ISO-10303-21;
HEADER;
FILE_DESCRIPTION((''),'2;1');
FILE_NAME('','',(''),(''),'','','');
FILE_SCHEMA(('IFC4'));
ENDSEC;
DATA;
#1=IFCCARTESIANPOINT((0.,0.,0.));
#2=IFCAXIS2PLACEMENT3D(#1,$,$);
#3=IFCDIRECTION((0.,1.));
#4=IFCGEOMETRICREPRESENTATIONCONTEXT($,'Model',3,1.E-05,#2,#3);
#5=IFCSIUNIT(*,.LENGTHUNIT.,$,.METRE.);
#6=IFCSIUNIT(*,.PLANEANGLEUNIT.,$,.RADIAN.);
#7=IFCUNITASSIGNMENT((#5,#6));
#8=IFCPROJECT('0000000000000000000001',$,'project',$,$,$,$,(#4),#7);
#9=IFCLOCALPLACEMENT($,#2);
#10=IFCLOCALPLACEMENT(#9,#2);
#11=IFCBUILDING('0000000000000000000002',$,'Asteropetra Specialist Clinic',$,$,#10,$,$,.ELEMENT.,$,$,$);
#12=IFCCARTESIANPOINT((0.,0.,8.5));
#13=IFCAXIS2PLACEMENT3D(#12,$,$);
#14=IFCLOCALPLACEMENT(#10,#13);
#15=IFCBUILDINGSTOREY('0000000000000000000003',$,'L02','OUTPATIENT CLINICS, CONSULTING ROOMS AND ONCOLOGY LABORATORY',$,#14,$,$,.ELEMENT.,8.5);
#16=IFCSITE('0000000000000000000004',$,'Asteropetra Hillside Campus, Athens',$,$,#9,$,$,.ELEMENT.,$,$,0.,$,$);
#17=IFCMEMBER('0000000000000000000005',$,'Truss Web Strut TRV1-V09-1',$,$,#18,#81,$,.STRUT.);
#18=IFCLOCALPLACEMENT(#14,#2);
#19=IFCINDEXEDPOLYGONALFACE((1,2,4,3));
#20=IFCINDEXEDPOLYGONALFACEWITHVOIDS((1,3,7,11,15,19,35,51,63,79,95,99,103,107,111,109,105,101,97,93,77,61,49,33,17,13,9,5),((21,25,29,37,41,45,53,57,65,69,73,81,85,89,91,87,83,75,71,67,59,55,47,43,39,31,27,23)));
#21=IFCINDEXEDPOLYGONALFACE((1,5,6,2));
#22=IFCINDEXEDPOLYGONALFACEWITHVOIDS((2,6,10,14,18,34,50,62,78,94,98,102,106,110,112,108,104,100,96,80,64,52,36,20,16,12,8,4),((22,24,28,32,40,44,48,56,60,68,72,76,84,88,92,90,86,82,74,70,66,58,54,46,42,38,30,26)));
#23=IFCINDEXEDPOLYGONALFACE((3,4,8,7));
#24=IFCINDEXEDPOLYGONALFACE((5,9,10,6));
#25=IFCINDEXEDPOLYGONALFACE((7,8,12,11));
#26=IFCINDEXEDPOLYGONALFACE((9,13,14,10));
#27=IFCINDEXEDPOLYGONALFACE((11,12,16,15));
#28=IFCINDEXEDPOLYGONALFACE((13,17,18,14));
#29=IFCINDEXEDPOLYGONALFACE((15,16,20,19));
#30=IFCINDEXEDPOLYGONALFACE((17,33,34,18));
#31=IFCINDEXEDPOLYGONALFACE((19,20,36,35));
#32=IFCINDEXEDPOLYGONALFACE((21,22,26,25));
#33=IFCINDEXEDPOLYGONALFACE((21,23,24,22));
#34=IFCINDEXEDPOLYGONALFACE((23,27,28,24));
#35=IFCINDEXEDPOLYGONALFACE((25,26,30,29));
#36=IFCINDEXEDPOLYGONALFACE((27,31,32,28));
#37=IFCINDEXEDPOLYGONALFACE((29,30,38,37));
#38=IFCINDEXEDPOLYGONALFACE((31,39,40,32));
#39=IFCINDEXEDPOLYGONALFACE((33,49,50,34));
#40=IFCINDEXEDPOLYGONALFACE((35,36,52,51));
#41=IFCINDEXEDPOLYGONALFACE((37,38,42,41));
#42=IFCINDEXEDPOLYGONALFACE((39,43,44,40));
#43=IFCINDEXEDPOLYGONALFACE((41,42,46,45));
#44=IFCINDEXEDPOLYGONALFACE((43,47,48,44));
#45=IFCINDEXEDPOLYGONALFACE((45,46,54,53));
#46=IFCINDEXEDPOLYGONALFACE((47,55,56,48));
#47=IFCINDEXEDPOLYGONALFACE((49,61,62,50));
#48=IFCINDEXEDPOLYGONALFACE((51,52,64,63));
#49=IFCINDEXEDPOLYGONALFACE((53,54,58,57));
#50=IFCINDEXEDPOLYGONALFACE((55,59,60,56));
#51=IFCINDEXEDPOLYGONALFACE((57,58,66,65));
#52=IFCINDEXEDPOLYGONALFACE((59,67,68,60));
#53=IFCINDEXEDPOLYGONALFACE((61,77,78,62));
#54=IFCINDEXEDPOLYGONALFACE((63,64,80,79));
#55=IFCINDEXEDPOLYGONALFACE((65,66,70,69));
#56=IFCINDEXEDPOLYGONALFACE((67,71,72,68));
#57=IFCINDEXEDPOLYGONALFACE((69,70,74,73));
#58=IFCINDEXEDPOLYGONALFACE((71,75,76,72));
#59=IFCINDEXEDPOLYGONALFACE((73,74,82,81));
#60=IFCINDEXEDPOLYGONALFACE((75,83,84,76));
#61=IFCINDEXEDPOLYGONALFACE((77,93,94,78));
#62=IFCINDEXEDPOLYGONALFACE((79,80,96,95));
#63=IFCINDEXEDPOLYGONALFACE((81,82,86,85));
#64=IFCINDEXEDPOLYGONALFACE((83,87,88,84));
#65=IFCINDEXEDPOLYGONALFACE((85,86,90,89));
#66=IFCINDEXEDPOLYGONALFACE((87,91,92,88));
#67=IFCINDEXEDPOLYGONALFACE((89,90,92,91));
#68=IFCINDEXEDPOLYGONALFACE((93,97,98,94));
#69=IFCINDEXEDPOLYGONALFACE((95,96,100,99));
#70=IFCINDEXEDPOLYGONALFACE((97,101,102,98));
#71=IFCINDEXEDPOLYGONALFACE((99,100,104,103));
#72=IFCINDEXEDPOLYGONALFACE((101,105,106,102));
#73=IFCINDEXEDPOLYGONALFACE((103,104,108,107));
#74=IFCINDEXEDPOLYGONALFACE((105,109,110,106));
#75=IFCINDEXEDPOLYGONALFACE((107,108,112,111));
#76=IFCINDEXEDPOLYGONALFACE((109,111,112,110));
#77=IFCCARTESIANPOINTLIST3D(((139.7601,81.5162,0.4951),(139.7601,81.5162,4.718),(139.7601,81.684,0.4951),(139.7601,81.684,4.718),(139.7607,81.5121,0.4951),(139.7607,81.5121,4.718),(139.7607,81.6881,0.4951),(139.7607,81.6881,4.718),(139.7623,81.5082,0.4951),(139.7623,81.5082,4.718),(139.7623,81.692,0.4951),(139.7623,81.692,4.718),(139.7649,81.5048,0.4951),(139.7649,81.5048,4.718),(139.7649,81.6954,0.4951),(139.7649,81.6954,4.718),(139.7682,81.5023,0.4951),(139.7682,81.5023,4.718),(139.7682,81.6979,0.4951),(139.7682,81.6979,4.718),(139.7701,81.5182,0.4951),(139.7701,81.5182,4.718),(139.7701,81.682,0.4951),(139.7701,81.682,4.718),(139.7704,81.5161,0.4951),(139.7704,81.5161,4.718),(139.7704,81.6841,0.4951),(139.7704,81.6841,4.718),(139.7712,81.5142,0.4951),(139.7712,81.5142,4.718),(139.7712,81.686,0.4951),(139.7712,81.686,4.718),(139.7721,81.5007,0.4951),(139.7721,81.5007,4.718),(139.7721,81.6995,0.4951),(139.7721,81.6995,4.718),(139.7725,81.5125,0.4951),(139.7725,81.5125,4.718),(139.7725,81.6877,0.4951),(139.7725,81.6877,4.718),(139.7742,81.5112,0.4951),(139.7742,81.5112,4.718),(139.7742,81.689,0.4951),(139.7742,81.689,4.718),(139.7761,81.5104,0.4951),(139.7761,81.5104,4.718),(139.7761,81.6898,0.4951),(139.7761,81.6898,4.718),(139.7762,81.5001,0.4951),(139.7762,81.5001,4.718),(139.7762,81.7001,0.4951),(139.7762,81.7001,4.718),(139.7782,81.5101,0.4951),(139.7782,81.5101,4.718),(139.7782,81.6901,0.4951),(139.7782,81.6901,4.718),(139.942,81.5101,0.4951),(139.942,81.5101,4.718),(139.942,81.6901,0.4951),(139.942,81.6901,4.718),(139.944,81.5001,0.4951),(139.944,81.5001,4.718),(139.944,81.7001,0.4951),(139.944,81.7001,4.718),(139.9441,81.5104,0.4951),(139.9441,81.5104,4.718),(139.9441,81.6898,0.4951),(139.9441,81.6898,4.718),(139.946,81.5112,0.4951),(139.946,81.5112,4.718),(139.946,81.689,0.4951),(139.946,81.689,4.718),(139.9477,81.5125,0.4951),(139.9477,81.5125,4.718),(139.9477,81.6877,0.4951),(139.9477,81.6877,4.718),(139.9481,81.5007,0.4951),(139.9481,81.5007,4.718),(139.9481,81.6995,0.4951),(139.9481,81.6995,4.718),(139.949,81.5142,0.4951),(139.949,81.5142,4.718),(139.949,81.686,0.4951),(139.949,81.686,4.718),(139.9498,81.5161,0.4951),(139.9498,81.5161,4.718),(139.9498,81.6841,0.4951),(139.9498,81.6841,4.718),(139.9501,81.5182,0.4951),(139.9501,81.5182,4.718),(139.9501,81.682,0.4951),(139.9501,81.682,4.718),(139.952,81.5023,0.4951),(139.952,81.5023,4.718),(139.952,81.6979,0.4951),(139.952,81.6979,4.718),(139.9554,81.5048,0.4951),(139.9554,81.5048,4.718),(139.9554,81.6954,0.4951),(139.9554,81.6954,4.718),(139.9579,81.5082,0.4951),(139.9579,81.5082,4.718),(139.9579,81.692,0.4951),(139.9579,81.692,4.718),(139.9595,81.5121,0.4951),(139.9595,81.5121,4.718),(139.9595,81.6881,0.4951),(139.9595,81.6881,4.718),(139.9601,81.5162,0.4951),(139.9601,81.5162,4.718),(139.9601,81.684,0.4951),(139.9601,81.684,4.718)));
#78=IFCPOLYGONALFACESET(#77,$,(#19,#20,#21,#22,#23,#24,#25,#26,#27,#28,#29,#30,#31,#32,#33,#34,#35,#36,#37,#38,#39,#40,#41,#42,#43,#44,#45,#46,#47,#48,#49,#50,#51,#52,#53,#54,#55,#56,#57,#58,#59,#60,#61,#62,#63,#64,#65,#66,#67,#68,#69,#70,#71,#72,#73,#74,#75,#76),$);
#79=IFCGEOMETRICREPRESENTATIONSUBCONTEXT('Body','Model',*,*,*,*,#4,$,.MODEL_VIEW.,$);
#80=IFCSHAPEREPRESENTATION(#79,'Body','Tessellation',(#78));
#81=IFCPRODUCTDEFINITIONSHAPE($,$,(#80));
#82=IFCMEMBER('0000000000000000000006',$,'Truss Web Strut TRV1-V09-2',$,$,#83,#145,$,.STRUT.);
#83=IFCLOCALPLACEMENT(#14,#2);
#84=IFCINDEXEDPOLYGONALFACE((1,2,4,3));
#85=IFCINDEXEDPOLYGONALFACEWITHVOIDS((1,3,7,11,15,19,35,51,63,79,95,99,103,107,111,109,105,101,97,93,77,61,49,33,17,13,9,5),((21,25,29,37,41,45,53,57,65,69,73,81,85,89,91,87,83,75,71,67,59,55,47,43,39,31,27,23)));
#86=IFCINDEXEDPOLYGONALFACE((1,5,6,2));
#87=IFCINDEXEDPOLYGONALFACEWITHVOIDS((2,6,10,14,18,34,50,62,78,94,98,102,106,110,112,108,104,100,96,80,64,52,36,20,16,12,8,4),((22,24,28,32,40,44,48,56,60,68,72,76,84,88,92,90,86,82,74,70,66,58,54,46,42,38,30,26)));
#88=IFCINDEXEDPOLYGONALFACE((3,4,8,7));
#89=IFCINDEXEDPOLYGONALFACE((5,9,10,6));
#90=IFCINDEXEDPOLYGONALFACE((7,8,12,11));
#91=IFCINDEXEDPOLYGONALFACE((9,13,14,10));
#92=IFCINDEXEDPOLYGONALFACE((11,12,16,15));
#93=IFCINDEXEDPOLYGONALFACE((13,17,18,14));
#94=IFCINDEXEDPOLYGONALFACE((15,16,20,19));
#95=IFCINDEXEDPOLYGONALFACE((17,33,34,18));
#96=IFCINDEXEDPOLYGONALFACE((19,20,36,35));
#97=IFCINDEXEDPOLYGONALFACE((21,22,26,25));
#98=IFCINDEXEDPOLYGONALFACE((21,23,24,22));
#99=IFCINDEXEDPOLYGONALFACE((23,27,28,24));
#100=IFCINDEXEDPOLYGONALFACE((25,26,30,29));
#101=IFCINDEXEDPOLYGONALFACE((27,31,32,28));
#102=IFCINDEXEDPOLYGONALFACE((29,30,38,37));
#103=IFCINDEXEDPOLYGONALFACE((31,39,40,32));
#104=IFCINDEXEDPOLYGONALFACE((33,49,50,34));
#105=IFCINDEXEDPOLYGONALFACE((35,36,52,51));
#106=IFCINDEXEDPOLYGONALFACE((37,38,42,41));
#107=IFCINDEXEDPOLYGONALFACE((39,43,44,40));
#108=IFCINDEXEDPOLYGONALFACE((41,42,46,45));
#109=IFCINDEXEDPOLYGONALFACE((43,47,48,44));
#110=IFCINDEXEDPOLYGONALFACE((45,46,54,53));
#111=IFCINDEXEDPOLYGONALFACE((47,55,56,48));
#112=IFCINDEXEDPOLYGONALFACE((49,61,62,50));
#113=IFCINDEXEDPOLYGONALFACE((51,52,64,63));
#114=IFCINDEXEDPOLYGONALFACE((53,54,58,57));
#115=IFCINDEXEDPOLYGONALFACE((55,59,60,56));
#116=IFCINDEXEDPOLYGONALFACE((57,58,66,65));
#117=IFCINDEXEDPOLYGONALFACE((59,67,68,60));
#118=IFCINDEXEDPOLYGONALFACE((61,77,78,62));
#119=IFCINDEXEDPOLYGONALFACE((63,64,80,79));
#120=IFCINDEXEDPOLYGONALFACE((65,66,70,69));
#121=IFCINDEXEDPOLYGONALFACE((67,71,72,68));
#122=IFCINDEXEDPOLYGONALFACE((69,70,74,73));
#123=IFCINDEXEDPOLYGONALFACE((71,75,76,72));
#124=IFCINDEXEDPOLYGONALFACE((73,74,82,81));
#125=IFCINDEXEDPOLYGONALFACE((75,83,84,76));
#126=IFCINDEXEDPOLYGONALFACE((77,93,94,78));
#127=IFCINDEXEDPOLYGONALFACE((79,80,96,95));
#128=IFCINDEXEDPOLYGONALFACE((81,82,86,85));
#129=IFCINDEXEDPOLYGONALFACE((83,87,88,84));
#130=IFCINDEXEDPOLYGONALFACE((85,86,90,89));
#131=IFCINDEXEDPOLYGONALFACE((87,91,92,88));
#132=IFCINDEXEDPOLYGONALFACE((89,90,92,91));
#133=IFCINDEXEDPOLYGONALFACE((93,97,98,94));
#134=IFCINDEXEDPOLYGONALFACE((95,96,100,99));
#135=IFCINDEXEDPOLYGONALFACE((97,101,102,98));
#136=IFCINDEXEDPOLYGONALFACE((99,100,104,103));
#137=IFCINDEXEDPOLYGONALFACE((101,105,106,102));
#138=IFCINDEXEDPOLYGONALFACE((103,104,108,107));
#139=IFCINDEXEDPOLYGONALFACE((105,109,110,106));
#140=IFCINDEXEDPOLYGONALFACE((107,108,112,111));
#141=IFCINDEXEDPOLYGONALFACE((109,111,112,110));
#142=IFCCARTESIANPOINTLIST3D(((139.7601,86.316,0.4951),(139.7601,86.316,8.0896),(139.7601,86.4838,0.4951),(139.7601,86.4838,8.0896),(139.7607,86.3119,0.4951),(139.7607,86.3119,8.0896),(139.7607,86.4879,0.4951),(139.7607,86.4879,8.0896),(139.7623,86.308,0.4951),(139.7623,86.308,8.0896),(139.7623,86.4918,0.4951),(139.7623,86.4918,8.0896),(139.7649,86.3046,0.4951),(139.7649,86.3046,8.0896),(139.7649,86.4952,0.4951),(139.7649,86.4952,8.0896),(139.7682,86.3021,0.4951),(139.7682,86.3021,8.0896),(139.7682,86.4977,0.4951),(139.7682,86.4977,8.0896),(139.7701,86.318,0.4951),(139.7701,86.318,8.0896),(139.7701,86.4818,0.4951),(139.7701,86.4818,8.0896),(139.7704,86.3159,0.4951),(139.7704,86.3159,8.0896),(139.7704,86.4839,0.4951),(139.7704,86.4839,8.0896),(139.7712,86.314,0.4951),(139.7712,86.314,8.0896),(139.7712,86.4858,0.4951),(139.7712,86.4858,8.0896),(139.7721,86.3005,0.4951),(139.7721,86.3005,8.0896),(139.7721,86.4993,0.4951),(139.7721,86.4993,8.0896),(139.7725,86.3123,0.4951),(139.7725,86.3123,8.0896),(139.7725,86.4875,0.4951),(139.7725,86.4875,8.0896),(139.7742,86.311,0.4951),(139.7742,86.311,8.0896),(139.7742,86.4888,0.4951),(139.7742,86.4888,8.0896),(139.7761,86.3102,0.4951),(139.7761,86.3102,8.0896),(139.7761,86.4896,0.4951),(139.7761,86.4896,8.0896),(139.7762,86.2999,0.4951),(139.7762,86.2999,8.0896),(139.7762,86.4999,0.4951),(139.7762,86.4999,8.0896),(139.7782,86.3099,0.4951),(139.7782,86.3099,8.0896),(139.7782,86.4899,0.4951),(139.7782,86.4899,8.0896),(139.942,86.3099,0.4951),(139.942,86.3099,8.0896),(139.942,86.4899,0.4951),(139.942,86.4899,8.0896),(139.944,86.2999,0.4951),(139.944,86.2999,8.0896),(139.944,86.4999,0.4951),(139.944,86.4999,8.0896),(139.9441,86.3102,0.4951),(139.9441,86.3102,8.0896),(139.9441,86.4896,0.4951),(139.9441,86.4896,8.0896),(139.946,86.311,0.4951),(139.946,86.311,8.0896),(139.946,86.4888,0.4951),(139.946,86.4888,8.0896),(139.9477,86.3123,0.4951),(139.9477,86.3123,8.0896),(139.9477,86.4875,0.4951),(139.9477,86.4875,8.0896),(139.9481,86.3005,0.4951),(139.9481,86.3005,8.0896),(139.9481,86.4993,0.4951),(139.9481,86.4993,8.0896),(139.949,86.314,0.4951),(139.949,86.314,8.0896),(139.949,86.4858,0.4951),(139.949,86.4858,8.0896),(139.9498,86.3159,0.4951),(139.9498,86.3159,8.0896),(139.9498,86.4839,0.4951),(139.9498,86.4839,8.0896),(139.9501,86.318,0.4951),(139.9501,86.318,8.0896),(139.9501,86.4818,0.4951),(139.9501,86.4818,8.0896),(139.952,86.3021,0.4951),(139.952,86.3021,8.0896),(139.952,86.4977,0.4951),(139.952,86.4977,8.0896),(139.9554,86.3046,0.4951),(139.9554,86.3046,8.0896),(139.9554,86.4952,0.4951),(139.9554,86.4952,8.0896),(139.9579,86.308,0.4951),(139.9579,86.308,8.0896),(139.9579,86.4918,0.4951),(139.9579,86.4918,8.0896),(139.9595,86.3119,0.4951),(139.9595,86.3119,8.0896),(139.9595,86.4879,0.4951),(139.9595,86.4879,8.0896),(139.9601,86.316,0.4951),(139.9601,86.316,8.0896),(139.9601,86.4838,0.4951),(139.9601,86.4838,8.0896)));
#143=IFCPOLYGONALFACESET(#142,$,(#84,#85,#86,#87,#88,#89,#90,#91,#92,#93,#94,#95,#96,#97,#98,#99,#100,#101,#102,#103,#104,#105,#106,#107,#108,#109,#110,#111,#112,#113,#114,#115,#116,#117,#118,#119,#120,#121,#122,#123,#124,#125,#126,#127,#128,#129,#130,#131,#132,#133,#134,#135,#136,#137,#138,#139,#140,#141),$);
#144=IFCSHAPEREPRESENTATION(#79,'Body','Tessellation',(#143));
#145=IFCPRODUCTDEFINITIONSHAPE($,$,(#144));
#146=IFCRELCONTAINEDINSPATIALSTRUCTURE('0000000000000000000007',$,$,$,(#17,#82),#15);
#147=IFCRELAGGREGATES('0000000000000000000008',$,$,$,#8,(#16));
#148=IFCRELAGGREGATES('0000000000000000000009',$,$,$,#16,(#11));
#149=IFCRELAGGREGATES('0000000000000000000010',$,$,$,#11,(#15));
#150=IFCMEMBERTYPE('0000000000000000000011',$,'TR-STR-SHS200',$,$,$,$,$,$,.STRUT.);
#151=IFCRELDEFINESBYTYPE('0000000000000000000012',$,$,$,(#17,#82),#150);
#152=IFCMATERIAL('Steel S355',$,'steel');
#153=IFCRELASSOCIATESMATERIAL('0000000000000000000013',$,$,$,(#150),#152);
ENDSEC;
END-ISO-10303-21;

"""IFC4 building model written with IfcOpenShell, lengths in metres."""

from ifc_helpers import new_model, si_unit, direction, frame, origin, origin_2d, place, context, subcontext, project, spatial, hollow_rectangle, extrude, material, material_profile, profile_set, type_object, element, save


model = new_model("IFC4")

# Units and contexts
model_context = context("Model", 3, precision=1e-05, world=origin(), true_north=direction((0.0, 1.0)))
body_context = subcontext(model_context, "Body", "Model", "MODEL_VIEW")
ifc_project = project(units=[si_unit("LENGTHUNIT", "METRE"), si_unit("PLANEANGLEUNIT", "RADIAN")], contexts=[model_context])

# Site, building, storey
site_placement = place(None, origin())
site = spatial("IfcSite", under=ifc_project, at=site_placement, Name="Asteropetra Hillside Campus, Athens", CompositionType="ELEMENT", RefElevation=0.0)
building_placement = place(site_placement, origin())
building = spatial("IfcBuilding", under=site, at=building_placement, Name="Asteropetra Specialist Clinic", CompositionType="ELEMENT")
storey_placement = place(building_placement, frame((0.0, 0.0, 8.5)))
storey = spatial("IfcBuildingStorey", under=building, at=storey_placement, Name="L02", Description="OUTPATIENT CLINICS, CONSULTING ROOMS AND ONCOLOGY LABORATORY", CompositionType="ELEMENT", Elevation=8.5)

# Members
ifc_material_1 = material(Name="Steel S355", Category="steel")
ifc_material_profile_1 = material_profile(ifc_material_1, hollow_rectangle(XDim=0.2, YDim=0.2, WallThickness=0.01, InnerFilletRadius=0.0081, OuterFilletRadius=0.0161, at=origin_2d()), Name="SHS 200x200x10.0")
ifc_profile_set_1 = profile_set([ifc_material_profile_1], Name="Steel S355")
member_type_1 = type_object("IfcMemberType", Name="TR-STR-SHS200", PredefinedType="STRUT", material=ifc_profile_set_1)
member_1_placement = place(storey_placement, frame((139.8601, 81.6001, 0.4951), z_axis=(0.0, 0.0, 1.0), x_axis=(1.0, 0.0, 0.0)))
element("IfcMember", 1, at=member_1_placement, inside=storey, type_object=member_type_1, Name="Truss Web Strut TRV1-V09-1", PredefinedType="STRUT", context=body_context, shape_type="SweptSolid", body=[
    extrude(hollow_rectangle(XDim=0.2, YDim=0.2, WallThickness=0.01, InnerFilletRadius=0.0081, OuterFilletRadius=0.0161, at=origin_2d()), origin(), (0.0, 0.0, 1.0), 4.2229),
])
member_2_placement = place(storey_placement, frame((139.8601, 86.3999, 0.4951), z_axis=(0.0, 0.0, 1.0), x_axis=(1.0, 0.0, 0.0)))
element("IfcMember", 2, at=member_2_placement, inside=storey, type_object=member_type_1, Name="Truss Web Strut TRV1-V09-2", PredefinedType="STRUT", context=body_context, shape_type="SweptSolid", body=[
    extrude(hollow_rectangle(XDim=0.2, YDim=0.2, WallThickness=0.01, InnerFilletRadius=0.0081, OuterFilletRadius=0.0161, at=origin_2d()), origin(), (0.0, 0.0, 1.0), 7.5945),
])

save(model, "model.ifc")
